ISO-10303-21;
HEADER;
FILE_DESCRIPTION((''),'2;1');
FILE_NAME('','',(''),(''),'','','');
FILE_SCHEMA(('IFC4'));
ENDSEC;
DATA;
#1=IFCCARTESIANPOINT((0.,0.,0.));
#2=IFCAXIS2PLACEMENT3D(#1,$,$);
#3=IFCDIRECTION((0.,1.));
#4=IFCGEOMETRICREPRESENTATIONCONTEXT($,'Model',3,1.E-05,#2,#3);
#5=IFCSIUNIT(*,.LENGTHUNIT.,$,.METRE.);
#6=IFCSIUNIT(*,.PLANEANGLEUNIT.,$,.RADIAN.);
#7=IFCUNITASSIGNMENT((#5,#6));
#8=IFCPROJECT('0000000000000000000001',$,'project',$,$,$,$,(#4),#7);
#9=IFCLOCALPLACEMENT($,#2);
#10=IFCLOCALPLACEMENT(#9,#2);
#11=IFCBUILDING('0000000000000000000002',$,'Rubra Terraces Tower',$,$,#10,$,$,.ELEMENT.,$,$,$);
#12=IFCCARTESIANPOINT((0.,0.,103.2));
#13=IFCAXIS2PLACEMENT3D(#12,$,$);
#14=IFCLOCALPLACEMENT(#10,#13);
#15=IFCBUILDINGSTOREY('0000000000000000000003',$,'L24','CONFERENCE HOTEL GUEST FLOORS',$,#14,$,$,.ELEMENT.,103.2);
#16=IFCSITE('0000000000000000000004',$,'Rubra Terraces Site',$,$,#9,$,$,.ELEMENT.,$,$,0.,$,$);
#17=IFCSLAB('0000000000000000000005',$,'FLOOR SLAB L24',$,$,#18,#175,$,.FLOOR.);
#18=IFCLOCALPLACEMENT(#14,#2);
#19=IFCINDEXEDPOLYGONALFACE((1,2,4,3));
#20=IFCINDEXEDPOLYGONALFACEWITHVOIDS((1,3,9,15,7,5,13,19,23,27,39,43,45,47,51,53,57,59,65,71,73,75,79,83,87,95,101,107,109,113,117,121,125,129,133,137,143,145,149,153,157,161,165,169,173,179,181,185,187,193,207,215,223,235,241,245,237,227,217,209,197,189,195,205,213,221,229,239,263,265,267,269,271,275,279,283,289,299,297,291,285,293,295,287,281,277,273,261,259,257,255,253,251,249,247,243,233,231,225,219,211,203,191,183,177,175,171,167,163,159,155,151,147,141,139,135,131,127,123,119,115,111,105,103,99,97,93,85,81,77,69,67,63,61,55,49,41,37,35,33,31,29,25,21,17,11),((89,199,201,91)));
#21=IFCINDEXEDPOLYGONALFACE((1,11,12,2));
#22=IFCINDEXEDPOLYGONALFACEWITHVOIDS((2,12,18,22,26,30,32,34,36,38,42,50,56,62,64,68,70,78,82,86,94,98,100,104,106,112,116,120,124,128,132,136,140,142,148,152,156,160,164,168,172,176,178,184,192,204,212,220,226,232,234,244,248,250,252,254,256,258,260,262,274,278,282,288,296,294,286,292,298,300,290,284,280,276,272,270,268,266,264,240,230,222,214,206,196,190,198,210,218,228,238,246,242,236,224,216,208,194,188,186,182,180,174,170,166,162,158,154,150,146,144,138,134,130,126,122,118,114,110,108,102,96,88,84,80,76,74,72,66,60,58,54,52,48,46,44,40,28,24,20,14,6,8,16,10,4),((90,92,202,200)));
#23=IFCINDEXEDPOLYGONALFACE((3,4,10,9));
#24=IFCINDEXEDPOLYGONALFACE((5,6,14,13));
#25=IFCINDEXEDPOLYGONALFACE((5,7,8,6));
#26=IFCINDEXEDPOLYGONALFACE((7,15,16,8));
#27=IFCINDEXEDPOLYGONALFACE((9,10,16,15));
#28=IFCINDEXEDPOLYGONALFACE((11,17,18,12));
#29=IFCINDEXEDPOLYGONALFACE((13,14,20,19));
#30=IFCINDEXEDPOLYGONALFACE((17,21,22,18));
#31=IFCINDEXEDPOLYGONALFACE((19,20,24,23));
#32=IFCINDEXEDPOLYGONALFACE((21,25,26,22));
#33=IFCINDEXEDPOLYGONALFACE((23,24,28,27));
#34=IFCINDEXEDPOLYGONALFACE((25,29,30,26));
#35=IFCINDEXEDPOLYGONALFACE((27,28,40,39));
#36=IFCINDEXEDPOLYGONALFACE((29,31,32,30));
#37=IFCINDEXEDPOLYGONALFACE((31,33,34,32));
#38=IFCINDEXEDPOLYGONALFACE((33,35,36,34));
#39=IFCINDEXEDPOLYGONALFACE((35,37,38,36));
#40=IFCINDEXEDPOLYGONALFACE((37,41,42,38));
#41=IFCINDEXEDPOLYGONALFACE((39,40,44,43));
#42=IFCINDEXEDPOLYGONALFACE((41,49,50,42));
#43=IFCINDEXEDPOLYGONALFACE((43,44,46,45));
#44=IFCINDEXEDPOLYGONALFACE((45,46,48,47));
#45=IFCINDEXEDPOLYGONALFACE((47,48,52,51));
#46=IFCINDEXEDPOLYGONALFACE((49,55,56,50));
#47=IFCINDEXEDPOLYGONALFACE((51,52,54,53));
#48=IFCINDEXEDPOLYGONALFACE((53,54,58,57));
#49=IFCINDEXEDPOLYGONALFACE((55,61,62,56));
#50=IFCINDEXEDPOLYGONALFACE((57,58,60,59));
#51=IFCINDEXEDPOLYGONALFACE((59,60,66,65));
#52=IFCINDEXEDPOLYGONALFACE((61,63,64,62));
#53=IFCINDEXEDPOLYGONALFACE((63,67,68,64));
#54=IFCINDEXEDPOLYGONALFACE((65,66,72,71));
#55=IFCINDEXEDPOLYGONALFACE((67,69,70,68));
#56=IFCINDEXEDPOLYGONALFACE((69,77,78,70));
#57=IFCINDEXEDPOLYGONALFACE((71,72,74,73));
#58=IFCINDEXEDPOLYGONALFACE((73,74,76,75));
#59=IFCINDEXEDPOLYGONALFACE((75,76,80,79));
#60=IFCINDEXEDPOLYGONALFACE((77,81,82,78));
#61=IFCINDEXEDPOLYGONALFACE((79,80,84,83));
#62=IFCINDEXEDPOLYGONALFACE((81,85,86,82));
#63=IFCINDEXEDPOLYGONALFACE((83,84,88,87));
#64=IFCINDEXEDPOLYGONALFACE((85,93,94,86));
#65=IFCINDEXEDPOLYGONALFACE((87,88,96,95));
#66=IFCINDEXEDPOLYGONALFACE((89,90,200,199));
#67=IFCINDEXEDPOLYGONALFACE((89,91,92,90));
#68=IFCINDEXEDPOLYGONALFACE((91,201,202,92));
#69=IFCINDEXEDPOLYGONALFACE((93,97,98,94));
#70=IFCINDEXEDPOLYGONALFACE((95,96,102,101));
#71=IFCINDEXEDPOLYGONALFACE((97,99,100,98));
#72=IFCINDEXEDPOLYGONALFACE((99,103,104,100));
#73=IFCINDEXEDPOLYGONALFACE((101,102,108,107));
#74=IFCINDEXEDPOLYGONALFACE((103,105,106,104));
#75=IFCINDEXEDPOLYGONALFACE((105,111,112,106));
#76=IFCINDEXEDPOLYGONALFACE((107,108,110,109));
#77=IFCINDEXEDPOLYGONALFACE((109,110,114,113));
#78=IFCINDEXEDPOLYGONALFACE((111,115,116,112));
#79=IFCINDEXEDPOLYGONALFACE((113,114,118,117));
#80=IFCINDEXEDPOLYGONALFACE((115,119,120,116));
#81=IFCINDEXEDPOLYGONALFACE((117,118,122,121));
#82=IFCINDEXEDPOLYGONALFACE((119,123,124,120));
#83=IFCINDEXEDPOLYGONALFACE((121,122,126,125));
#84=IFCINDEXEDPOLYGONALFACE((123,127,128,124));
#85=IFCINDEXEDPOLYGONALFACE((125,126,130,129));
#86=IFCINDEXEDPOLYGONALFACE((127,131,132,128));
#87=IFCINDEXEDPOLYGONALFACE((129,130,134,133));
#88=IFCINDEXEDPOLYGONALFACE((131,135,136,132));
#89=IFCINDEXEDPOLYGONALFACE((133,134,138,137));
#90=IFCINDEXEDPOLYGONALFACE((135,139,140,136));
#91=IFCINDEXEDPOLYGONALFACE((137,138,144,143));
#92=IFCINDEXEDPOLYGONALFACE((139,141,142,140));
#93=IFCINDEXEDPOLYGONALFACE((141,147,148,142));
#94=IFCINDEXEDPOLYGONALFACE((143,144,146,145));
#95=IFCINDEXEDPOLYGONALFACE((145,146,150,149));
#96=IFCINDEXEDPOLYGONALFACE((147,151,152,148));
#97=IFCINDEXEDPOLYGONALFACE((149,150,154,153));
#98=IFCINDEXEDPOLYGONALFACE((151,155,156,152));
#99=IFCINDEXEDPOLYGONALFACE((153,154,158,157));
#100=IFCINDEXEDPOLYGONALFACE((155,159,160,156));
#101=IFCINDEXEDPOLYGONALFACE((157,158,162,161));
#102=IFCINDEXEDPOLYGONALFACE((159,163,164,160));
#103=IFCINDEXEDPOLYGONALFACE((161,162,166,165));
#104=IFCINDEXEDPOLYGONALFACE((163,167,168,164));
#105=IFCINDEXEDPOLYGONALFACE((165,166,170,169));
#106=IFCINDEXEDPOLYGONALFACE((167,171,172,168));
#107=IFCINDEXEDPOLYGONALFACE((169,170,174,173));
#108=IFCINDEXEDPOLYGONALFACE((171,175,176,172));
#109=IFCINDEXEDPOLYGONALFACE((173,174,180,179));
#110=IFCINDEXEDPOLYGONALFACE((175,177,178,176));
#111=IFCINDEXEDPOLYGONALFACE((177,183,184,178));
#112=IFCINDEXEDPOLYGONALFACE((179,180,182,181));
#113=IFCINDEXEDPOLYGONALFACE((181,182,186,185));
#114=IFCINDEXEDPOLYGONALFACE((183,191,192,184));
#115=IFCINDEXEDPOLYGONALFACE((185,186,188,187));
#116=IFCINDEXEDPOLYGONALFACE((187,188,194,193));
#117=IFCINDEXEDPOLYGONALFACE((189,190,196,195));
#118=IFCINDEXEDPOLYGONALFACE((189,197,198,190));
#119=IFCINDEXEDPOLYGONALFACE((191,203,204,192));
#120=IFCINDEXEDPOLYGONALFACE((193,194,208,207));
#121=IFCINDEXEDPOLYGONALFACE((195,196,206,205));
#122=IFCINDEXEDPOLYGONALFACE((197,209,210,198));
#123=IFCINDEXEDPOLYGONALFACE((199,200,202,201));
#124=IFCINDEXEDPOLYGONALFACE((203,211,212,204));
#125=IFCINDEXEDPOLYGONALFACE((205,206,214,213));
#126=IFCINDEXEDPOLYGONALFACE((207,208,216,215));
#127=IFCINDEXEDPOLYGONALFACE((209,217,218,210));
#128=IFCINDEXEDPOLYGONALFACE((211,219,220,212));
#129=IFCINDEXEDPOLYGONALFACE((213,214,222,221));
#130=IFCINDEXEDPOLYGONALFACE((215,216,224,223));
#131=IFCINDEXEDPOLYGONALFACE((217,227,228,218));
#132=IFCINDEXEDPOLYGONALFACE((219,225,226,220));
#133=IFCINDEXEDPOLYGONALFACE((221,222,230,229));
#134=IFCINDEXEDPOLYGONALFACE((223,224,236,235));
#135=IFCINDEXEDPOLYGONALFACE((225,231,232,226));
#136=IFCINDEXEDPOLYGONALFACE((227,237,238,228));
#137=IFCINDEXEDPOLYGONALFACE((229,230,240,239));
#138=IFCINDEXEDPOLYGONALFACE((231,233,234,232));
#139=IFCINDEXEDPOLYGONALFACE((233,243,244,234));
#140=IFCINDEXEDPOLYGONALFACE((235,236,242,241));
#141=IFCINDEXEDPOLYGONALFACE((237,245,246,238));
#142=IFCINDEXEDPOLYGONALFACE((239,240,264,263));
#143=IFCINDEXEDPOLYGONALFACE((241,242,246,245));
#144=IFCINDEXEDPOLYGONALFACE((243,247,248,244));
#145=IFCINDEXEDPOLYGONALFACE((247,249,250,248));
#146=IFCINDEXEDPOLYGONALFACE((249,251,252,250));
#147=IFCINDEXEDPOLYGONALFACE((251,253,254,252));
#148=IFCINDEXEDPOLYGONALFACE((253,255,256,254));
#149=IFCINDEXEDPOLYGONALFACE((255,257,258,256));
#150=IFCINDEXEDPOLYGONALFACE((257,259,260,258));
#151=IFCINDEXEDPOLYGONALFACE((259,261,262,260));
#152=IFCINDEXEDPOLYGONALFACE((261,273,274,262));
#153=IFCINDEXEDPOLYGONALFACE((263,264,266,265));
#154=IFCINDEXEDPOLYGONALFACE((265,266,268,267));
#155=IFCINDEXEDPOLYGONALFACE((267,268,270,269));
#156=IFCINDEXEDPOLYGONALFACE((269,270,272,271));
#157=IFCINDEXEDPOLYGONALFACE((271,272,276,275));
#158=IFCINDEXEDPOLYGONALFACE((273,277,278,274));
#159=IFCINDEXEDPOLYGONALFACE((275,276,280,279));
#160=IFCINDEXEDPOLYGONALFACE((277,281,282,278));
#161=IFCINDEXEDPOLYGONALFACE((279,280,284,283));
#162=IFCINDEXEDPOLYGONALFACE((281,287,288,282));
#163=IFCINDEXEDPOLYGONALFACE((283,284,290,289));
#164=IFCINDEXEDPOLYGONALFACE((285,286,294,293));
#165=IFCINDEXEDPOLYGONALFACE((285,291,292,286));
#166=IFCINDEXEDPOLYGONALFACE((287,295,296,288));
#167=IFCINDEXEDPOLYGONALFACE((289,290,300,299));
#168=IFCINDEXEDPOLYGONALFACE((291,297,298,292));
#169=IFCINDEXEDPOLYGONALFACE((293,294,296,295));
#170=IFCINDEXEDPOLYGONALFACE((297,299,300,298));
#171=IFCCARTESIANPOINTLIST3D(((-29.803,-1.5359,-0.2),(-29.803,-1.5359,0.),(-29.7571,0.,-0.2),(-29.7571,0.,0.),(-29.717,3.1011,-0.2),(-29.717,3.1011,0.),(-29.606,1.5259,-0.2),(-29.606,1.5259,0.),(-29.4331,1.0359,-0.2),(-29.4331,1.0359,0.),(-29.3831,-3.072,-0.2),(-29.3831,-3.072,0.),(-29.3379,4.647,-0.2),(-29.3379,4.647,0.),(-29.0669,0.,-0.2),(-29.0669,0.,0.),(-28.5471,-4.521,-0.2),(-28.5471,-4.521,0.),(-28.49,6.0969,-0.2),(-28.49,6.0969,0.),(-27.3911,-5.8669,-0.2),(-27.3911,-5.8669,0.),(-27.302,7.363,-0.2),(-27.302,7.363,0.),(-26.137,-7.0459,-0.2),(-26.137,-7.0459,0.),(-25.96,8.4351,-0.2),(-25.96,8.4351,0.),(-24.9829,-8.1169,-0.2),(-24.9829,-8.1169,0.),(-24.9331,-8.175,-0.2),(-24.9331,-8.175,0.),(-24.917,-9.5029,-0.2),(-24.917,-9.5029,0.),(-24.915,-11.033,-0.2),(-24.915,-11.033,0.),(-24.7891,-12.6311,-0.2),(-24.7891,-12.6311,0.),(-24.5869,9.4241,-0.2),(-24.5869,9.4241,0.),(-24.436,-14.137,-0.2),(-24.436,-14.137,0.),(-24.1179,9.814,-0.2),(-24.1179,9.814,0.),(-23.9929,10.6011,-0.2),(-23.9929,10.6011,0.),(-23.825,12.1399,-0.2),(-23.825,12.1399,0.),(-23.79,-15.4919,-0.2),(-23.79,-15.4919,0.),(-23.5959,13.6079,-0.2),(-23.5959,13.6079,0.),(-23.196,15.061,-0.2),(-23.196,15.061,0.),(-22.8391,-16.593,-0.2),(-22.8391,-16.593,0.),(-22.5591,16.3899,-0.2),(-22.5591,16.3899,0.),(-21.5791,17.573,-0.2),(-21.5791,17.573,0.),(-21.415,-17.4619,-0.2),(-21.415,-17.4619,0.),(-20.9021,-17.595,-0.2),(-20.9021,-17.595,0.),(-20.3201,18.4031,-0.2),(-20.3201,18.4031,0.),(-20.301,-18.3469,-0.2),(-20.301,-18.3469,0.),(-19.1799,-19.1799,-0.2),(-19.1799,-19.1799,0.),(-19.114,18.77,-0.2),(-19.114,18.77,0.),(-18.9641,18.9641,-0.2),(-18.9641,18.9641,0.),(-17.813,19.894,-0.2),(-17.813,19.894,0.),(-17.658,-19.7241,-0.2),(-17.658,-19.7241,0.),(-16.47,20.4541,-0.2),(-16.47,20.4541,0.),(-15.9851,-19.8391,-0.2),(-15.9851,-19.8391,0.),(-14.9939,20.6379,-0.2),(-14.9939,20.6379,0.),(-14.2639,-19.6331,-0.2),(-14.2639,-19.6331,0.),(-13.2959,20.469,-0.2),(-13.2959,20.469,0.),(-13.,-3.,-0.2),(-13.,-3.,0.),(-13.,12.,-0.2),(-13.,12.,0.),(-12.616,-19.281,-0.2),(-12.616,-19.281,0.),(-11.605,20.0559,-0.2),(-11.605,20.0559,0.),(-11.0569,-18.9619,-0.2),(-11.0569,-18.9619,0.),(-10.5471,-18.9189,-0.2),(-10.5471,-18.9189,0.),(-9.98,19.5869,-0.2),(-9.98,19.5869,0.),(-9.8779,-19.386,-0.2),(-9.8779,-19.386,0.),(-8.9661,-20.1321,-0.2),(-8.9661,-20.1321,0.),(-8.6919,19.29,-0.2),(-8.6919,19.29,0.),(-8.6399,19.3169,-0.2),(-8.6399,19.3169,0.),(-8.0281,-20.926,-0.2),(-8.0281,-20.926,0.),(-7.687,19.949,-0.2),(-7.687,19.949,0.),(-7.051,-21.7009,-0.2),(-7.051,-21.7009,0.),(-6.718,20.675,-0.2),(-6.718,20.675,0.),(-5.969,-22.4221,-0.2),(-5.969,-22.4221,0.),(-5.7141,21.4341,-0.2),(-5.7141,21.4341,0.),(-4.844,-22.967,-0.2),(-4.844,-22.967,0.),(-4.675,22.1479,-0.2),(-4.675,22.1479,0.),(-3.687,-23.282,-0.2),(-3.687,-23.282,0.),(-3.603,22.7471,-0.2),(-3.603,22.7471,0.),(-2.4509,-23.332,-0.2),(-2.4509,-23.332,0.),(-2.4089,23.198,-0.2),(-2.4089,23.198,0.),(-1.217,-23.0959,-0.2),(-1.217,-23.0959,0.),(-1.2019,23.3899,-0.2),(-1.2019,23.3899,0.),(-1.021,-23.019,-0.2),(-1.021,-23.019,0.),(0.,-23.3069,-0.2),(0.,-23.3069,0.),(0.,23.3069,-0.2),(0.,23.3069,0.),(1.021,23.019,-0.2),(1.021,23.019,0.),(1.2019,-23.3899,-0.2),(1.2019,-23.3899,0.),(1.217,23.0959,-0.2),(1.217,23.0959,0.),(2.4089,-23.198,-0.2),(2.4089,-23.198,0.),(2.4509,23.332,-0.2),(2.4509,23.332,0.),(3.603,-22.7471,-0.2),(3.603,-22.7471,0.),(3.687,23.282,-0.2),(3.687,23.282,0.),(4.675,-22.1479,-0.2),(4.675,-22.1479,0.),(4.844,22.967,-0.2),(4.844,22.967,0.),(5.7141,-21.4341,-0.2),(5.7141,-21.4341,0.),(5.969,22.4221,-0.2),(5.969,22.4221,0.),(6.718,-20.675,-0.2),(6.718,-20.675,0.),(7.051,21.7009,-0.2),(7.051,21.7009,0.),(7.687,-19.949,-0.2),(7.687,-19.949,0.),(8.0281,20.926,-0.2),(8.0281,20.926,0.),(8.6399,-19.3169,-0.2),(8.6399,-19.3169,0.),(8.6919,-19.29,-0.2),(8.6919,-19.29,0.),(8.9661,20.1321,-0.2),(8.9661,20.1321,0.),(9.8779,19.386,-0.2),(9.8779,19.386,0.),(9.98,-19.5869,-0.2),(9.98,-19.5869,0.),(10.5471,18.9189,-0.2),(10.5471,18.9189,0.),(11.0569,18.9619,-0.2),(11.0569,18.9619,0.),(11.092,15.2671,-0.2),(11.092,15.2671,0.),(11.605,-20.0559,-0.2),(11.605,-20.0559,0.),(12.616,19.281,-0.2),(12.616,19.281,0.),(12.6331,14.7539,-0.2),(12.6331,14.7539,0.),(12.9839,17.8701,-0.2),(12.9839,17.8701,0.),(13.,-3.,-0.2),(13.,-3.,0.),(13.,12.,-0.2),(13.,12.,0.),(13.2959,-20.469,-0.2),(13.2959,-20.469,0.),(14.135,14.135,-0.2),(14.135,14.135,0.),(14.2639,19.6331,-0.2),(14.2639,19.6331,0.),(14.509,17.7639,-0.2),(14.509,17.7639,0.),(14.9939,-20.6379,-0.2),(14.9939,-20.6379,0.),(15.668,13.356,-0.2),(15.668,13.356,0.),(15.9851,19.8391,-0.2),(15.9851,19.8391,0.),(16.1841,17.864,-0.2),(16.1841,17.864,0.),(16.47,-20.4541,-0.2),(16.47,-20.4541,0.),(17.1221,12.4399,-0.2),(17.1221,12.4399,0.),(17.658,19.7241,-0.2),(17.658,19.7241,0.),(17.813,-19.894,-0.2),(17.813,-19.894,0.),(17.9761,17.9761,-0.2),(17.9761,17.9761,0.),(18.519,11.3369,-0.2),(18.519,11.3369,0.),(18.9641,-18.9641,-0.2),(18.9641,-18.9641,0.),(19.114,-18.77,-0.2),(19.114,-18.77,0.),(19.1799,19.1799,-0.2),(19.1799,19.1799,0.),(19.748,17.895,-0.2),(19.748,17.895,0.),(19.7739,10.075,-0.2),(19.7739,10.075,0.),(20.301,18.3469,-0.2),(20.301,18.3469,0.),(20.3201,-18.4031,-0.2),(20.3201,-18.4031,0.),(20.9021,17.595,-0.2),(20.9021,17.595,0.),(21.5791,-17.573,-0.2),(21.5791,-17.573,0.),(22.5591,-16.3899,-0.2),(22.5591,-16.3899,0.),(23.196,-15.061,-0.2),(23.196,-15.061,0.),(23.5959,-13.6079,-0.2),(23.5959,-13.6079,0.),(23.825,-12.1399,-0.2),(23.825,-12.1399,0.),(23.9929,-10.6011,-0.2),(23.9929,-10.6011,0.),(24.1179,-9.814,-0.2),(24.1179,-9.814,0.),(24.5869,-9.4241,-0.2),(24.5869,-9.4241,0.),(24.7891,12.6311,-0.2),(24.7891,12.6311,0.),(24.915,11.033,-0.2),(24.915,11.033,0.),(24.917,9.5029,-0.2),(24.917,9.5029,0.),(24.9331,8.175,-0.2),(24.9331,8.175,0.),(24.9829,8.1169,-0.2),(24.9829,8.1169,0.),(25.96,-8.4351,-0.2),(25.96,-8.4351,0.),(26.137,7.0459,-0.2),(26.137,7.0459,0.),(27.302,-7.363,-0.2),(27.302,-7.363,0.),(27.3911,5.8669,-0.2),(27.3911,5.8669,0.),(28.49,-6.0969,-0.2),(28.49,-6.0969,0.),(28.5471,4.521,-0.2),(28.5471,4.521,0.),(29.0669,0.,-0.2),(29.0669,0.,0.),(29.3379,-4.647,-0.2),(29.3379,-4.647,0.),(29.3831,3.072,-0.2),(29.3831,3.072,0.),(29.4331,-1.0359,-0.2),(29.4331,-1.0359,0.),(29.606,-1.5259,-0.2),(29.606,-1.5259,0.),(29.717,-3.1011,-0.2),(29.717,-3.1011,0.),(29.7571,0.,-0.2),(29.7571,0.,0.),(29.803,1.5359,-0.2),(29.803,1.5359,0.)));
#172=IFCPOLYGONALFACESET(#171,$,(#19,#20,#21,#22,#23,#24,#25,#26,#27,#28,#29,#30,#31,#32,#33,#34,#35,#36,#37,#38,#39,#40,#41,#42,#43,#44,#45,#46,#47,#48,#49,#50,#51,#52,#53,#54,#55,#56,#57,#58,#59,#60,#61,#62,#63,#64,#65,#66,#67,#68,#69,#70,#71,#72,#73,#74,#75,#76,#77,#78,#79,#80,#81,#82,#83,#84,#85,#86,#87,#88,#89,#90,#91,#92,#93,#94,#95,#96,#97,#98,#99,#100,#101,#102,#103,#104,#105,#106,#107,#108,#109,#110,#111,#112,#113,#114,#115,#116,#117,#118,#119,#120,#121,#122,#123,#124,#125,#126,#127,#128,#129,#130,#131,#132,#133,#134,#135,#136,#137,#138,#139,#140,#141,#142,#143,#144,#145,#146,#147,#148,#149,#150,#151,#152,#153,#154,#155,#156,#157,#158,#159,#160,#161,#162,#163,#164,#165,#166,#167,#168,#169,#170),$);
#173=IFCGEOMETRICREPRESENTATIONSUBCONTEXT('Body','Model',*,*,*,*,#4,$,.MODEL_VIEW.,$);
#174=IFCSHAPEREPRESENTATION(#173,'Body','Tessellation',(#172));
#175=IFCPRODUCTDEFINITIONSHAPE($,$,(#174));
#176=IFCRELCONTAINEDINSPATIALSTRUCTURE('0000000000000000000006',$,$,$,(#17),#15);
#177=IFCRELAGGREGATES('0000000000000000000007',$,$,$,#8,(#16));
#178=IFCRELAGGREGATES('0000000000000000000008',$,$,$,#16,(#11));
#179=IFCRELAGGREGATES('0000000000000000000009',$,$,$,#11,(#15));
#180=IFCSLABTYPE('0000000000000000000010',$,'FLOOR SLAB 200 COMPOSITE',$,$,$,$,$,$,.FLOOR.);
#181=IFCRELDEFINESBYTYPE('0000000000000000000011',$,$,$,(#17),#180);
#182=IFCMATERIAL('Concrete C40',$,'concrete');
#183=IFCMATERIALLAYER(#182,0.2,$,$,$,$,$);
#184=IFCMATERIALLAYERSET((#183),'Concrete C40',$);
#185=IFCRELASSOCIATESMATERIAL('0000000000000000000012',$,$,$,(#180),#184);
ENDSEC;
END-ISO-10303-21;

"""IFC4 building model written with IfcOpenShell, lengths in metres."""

from ifc_helpers import new_model, si_unit, direction, frame, origin, place, context, subcontext, project, spatial, polyline, outline, extrude, material, layer, layer_set, type_object, element, save


model = new_model("IFC4")

# Units and contexts
model_context = context("Model", 3, precision=1e-05, world=origin(), true_north=direction((0.0, 1.0)))
body_context = subcontext(model_context, "Body", "Model", "MODEL_VIEW")
ifc_project = project(units=[si_unit("LENGTHUNIT", "METRE"), si_unit("PLANEANGLEUNIT", "RADIAN")], contexts=[model_context])

# Site, building, storey
site_placement = place(None, origin())
site = spatial("IfcSite", under=ifc_project, at=site_placement, Name="Rubra Terraces Site", CompositionType="ELEMENT", RefElevation=0.0)
building_placement = place(site_placement, origin())
building = spatial("IfcBuilding", under=site, at=building_placement, Name="Rubra Terraces Tower", CompositionType="ELEMENT")
storey_placement = place(building_placement, frame((0.0, 0.0, 103.2)))
storey = spatial("IfcBuildingStorey", under=building, at=storey_placement, Name="L24", Description="CONFERENCE HOTEL GUEST FLOORS", CompositionType="ELEMENT", Elevation=103.2)

# Shared definitions
ifc_material_1 = material(Name="Concrete C40", Category="concrete")

# Slab
ifc_layer_1 = layer(ifc_material_1, 0.2)
ifc_layer_set_1 = layer_set([ifc_layer_1], Name="Concrete C40")
slab_type_1 = type_object("IfcSlabType", Name="FLOOR SLAB 200 COMPOSITE", PredefinedType="FLOOR", material=ifc_layer_set_1)
slab_1_placement = place(storey_placement, frame((0.0, 0.0, -0.2)))
element("IfcSlab", 1, at=slab_1_placement, inside=storey, type_object=slab_type_1, Name="FLOOR SLAB L24", PredefinedType="FLOOR", context=body_context, shape_type="SweptSolid", body=[
    extrude(outline(polyline([(11.0569, 18.9619), (10.5471, 18.9189), (9.8779, 19.386), (8.9661, 20.1321), (8.0281, 20.926), (7.051, 21.7009), (5.969, 22.4221), (4.844, 22.967), (3.687, 23.282), (2.4509, 23.332), (1.217, 23.0959), (1.021, 23.019), (0.0, 23.3069), (-1.2019, 23.3899), (-2.4089, 23.198), (-3.603, 22.7471), (-4.675, 22.1479), (-5.7141, 21.4341), (-6.718, 20.675), (-7.687, 19.949), (-8.6399, 19.3169), (-8.6919, 19.29), (-9.98, 19.5869), (-11.605, 20.0559), (-13.2959, 20.469), (-14.9939, 20.6379), (-16.47, 20.4541), (-17.813, 19.894), (-18.9641, 18.9641), (-19.114, 18.77), (-20.3201, 18.4031), (-21.5791, 17.573), (-22.5591, 16.3899), (-23.196, 15.061), (-23.5959, 13.6079), (-23.825, 12.1399), (-23.9929, 10.6011), (-24.1179, 9.814), (-24.5869, 9.4241), (-25.96, 8.4351), (-27.302, 7.363), (-28.49, 6.0969), (-29.3379, 4.647), (-29.717, 3.1011), (-29.606, 1.5259), (-29.0669, 0.0), (-29.4331, 1.0359), (-29.7571, 0.0), (-29.803, -1.5359), (-29.3831, -3.072), (-28.5471, -4.521), (-27.3911, -5.8669), (-26.137, -7.0459), (-24.9829, -8.1169), (-24.9331, -8.175), (-24.917, -9.5029), (-24.915, -11.033), (-24.7891, -12.6311), (-24.436, -14.137), (-23.79, -15.4919), (-22.8391, -16.593), (-21.415, -17.4619), (-20.9021, -17.595), (-20.301, -18.3469), (-19.1799, -19.1799), (-17.658, -19.7241), (-15.9851, -19.8391), (-14.2639, -19.6331), (-12.616, -19.281), (-11.0569, -18.9619), (-10.5471, -18.9189), (-9.8779, -19.386), (-8.9661, -20.1321), (-8.0281, -20.926), (-7.051, -21.7009), (-5.969, -22.4221), (-4.844, -22.967), (-3.687, -23.282), (-2.4509, -23.332), (-1.217, -23.0959), (-1.021, -23.019), (0.0, -23.3069), (1.2019, -23.3899), (2.4089, -23.198), (3.603, -22.7471), (4.675, -22.1479), (5.7141, -21.4341), (6.718, -20.675), (7.687, -19.949), (8.6399, -19.3169), (8.6919, -19.29), (9.98, -19.5869), (11.605, -20.0559), (13.2959, -20.469), (14.9939, -20.6379), (16.47, -20.4541), (17.813, -19.894), (18.9641, -18.9641), (19.114, -18.77), (20.3201, -18.4031), (21.5791, -17.573), (22.5591, -16.3899), (23.196, -15.061), (23.5959, -13.6079), (23.825, -12.1399), (23.9929, -10.6011), (24.1179, -9.814), (24.5869, -9.4241), (25.96, -8.4351), (27.302, -7.363), (28.49, -6.0969), (29.3379, -4.647), (29.717, -3.1011), (29.606, -1.5259), (29.0669, 0.0), (29.4331, -1.0359), (29.7571, 0.0), (29.803, 1.5359), (29.3831, 3.072), (28.5471, 4.521), (27.3911, 5.8669), (26.137, 7.0459), (24.9829, 8.1169), (24.9331, 8.175), (24.917, 9.5029), (24.915, 11.033), (24.7891, 12.6311), (19.7739, 10.075), (18.519, 11.3369), (17.1221, 12.4399), (15.668, 13.356), (14.135, 14.135), (12.6331, 14.7539), (11.092, 15.2671), (12.9839, 17.8701), (14.509, 17.7639), (16.1841, 17.864), (17.9761, 17.9761), (19.748, 17.895), (20.9021, 17.595), (20.301, 18.3469), (19.1799, 19.1799), (17.658, 19.7241), (15.9851, 19.8391), (14.2639, 19.6331), (12.616, 19.281), (11.0569, 18.9619)]), holes=[polyline([(13.0, 12.0), (13.0, -3.0), (-13.0, -3.0), (-13.0, 12.0), (13.0, 12.0)])]), origin(), (0.0, 0.0, 1.0), 0.2),
])

save(model, "model.ifc")
